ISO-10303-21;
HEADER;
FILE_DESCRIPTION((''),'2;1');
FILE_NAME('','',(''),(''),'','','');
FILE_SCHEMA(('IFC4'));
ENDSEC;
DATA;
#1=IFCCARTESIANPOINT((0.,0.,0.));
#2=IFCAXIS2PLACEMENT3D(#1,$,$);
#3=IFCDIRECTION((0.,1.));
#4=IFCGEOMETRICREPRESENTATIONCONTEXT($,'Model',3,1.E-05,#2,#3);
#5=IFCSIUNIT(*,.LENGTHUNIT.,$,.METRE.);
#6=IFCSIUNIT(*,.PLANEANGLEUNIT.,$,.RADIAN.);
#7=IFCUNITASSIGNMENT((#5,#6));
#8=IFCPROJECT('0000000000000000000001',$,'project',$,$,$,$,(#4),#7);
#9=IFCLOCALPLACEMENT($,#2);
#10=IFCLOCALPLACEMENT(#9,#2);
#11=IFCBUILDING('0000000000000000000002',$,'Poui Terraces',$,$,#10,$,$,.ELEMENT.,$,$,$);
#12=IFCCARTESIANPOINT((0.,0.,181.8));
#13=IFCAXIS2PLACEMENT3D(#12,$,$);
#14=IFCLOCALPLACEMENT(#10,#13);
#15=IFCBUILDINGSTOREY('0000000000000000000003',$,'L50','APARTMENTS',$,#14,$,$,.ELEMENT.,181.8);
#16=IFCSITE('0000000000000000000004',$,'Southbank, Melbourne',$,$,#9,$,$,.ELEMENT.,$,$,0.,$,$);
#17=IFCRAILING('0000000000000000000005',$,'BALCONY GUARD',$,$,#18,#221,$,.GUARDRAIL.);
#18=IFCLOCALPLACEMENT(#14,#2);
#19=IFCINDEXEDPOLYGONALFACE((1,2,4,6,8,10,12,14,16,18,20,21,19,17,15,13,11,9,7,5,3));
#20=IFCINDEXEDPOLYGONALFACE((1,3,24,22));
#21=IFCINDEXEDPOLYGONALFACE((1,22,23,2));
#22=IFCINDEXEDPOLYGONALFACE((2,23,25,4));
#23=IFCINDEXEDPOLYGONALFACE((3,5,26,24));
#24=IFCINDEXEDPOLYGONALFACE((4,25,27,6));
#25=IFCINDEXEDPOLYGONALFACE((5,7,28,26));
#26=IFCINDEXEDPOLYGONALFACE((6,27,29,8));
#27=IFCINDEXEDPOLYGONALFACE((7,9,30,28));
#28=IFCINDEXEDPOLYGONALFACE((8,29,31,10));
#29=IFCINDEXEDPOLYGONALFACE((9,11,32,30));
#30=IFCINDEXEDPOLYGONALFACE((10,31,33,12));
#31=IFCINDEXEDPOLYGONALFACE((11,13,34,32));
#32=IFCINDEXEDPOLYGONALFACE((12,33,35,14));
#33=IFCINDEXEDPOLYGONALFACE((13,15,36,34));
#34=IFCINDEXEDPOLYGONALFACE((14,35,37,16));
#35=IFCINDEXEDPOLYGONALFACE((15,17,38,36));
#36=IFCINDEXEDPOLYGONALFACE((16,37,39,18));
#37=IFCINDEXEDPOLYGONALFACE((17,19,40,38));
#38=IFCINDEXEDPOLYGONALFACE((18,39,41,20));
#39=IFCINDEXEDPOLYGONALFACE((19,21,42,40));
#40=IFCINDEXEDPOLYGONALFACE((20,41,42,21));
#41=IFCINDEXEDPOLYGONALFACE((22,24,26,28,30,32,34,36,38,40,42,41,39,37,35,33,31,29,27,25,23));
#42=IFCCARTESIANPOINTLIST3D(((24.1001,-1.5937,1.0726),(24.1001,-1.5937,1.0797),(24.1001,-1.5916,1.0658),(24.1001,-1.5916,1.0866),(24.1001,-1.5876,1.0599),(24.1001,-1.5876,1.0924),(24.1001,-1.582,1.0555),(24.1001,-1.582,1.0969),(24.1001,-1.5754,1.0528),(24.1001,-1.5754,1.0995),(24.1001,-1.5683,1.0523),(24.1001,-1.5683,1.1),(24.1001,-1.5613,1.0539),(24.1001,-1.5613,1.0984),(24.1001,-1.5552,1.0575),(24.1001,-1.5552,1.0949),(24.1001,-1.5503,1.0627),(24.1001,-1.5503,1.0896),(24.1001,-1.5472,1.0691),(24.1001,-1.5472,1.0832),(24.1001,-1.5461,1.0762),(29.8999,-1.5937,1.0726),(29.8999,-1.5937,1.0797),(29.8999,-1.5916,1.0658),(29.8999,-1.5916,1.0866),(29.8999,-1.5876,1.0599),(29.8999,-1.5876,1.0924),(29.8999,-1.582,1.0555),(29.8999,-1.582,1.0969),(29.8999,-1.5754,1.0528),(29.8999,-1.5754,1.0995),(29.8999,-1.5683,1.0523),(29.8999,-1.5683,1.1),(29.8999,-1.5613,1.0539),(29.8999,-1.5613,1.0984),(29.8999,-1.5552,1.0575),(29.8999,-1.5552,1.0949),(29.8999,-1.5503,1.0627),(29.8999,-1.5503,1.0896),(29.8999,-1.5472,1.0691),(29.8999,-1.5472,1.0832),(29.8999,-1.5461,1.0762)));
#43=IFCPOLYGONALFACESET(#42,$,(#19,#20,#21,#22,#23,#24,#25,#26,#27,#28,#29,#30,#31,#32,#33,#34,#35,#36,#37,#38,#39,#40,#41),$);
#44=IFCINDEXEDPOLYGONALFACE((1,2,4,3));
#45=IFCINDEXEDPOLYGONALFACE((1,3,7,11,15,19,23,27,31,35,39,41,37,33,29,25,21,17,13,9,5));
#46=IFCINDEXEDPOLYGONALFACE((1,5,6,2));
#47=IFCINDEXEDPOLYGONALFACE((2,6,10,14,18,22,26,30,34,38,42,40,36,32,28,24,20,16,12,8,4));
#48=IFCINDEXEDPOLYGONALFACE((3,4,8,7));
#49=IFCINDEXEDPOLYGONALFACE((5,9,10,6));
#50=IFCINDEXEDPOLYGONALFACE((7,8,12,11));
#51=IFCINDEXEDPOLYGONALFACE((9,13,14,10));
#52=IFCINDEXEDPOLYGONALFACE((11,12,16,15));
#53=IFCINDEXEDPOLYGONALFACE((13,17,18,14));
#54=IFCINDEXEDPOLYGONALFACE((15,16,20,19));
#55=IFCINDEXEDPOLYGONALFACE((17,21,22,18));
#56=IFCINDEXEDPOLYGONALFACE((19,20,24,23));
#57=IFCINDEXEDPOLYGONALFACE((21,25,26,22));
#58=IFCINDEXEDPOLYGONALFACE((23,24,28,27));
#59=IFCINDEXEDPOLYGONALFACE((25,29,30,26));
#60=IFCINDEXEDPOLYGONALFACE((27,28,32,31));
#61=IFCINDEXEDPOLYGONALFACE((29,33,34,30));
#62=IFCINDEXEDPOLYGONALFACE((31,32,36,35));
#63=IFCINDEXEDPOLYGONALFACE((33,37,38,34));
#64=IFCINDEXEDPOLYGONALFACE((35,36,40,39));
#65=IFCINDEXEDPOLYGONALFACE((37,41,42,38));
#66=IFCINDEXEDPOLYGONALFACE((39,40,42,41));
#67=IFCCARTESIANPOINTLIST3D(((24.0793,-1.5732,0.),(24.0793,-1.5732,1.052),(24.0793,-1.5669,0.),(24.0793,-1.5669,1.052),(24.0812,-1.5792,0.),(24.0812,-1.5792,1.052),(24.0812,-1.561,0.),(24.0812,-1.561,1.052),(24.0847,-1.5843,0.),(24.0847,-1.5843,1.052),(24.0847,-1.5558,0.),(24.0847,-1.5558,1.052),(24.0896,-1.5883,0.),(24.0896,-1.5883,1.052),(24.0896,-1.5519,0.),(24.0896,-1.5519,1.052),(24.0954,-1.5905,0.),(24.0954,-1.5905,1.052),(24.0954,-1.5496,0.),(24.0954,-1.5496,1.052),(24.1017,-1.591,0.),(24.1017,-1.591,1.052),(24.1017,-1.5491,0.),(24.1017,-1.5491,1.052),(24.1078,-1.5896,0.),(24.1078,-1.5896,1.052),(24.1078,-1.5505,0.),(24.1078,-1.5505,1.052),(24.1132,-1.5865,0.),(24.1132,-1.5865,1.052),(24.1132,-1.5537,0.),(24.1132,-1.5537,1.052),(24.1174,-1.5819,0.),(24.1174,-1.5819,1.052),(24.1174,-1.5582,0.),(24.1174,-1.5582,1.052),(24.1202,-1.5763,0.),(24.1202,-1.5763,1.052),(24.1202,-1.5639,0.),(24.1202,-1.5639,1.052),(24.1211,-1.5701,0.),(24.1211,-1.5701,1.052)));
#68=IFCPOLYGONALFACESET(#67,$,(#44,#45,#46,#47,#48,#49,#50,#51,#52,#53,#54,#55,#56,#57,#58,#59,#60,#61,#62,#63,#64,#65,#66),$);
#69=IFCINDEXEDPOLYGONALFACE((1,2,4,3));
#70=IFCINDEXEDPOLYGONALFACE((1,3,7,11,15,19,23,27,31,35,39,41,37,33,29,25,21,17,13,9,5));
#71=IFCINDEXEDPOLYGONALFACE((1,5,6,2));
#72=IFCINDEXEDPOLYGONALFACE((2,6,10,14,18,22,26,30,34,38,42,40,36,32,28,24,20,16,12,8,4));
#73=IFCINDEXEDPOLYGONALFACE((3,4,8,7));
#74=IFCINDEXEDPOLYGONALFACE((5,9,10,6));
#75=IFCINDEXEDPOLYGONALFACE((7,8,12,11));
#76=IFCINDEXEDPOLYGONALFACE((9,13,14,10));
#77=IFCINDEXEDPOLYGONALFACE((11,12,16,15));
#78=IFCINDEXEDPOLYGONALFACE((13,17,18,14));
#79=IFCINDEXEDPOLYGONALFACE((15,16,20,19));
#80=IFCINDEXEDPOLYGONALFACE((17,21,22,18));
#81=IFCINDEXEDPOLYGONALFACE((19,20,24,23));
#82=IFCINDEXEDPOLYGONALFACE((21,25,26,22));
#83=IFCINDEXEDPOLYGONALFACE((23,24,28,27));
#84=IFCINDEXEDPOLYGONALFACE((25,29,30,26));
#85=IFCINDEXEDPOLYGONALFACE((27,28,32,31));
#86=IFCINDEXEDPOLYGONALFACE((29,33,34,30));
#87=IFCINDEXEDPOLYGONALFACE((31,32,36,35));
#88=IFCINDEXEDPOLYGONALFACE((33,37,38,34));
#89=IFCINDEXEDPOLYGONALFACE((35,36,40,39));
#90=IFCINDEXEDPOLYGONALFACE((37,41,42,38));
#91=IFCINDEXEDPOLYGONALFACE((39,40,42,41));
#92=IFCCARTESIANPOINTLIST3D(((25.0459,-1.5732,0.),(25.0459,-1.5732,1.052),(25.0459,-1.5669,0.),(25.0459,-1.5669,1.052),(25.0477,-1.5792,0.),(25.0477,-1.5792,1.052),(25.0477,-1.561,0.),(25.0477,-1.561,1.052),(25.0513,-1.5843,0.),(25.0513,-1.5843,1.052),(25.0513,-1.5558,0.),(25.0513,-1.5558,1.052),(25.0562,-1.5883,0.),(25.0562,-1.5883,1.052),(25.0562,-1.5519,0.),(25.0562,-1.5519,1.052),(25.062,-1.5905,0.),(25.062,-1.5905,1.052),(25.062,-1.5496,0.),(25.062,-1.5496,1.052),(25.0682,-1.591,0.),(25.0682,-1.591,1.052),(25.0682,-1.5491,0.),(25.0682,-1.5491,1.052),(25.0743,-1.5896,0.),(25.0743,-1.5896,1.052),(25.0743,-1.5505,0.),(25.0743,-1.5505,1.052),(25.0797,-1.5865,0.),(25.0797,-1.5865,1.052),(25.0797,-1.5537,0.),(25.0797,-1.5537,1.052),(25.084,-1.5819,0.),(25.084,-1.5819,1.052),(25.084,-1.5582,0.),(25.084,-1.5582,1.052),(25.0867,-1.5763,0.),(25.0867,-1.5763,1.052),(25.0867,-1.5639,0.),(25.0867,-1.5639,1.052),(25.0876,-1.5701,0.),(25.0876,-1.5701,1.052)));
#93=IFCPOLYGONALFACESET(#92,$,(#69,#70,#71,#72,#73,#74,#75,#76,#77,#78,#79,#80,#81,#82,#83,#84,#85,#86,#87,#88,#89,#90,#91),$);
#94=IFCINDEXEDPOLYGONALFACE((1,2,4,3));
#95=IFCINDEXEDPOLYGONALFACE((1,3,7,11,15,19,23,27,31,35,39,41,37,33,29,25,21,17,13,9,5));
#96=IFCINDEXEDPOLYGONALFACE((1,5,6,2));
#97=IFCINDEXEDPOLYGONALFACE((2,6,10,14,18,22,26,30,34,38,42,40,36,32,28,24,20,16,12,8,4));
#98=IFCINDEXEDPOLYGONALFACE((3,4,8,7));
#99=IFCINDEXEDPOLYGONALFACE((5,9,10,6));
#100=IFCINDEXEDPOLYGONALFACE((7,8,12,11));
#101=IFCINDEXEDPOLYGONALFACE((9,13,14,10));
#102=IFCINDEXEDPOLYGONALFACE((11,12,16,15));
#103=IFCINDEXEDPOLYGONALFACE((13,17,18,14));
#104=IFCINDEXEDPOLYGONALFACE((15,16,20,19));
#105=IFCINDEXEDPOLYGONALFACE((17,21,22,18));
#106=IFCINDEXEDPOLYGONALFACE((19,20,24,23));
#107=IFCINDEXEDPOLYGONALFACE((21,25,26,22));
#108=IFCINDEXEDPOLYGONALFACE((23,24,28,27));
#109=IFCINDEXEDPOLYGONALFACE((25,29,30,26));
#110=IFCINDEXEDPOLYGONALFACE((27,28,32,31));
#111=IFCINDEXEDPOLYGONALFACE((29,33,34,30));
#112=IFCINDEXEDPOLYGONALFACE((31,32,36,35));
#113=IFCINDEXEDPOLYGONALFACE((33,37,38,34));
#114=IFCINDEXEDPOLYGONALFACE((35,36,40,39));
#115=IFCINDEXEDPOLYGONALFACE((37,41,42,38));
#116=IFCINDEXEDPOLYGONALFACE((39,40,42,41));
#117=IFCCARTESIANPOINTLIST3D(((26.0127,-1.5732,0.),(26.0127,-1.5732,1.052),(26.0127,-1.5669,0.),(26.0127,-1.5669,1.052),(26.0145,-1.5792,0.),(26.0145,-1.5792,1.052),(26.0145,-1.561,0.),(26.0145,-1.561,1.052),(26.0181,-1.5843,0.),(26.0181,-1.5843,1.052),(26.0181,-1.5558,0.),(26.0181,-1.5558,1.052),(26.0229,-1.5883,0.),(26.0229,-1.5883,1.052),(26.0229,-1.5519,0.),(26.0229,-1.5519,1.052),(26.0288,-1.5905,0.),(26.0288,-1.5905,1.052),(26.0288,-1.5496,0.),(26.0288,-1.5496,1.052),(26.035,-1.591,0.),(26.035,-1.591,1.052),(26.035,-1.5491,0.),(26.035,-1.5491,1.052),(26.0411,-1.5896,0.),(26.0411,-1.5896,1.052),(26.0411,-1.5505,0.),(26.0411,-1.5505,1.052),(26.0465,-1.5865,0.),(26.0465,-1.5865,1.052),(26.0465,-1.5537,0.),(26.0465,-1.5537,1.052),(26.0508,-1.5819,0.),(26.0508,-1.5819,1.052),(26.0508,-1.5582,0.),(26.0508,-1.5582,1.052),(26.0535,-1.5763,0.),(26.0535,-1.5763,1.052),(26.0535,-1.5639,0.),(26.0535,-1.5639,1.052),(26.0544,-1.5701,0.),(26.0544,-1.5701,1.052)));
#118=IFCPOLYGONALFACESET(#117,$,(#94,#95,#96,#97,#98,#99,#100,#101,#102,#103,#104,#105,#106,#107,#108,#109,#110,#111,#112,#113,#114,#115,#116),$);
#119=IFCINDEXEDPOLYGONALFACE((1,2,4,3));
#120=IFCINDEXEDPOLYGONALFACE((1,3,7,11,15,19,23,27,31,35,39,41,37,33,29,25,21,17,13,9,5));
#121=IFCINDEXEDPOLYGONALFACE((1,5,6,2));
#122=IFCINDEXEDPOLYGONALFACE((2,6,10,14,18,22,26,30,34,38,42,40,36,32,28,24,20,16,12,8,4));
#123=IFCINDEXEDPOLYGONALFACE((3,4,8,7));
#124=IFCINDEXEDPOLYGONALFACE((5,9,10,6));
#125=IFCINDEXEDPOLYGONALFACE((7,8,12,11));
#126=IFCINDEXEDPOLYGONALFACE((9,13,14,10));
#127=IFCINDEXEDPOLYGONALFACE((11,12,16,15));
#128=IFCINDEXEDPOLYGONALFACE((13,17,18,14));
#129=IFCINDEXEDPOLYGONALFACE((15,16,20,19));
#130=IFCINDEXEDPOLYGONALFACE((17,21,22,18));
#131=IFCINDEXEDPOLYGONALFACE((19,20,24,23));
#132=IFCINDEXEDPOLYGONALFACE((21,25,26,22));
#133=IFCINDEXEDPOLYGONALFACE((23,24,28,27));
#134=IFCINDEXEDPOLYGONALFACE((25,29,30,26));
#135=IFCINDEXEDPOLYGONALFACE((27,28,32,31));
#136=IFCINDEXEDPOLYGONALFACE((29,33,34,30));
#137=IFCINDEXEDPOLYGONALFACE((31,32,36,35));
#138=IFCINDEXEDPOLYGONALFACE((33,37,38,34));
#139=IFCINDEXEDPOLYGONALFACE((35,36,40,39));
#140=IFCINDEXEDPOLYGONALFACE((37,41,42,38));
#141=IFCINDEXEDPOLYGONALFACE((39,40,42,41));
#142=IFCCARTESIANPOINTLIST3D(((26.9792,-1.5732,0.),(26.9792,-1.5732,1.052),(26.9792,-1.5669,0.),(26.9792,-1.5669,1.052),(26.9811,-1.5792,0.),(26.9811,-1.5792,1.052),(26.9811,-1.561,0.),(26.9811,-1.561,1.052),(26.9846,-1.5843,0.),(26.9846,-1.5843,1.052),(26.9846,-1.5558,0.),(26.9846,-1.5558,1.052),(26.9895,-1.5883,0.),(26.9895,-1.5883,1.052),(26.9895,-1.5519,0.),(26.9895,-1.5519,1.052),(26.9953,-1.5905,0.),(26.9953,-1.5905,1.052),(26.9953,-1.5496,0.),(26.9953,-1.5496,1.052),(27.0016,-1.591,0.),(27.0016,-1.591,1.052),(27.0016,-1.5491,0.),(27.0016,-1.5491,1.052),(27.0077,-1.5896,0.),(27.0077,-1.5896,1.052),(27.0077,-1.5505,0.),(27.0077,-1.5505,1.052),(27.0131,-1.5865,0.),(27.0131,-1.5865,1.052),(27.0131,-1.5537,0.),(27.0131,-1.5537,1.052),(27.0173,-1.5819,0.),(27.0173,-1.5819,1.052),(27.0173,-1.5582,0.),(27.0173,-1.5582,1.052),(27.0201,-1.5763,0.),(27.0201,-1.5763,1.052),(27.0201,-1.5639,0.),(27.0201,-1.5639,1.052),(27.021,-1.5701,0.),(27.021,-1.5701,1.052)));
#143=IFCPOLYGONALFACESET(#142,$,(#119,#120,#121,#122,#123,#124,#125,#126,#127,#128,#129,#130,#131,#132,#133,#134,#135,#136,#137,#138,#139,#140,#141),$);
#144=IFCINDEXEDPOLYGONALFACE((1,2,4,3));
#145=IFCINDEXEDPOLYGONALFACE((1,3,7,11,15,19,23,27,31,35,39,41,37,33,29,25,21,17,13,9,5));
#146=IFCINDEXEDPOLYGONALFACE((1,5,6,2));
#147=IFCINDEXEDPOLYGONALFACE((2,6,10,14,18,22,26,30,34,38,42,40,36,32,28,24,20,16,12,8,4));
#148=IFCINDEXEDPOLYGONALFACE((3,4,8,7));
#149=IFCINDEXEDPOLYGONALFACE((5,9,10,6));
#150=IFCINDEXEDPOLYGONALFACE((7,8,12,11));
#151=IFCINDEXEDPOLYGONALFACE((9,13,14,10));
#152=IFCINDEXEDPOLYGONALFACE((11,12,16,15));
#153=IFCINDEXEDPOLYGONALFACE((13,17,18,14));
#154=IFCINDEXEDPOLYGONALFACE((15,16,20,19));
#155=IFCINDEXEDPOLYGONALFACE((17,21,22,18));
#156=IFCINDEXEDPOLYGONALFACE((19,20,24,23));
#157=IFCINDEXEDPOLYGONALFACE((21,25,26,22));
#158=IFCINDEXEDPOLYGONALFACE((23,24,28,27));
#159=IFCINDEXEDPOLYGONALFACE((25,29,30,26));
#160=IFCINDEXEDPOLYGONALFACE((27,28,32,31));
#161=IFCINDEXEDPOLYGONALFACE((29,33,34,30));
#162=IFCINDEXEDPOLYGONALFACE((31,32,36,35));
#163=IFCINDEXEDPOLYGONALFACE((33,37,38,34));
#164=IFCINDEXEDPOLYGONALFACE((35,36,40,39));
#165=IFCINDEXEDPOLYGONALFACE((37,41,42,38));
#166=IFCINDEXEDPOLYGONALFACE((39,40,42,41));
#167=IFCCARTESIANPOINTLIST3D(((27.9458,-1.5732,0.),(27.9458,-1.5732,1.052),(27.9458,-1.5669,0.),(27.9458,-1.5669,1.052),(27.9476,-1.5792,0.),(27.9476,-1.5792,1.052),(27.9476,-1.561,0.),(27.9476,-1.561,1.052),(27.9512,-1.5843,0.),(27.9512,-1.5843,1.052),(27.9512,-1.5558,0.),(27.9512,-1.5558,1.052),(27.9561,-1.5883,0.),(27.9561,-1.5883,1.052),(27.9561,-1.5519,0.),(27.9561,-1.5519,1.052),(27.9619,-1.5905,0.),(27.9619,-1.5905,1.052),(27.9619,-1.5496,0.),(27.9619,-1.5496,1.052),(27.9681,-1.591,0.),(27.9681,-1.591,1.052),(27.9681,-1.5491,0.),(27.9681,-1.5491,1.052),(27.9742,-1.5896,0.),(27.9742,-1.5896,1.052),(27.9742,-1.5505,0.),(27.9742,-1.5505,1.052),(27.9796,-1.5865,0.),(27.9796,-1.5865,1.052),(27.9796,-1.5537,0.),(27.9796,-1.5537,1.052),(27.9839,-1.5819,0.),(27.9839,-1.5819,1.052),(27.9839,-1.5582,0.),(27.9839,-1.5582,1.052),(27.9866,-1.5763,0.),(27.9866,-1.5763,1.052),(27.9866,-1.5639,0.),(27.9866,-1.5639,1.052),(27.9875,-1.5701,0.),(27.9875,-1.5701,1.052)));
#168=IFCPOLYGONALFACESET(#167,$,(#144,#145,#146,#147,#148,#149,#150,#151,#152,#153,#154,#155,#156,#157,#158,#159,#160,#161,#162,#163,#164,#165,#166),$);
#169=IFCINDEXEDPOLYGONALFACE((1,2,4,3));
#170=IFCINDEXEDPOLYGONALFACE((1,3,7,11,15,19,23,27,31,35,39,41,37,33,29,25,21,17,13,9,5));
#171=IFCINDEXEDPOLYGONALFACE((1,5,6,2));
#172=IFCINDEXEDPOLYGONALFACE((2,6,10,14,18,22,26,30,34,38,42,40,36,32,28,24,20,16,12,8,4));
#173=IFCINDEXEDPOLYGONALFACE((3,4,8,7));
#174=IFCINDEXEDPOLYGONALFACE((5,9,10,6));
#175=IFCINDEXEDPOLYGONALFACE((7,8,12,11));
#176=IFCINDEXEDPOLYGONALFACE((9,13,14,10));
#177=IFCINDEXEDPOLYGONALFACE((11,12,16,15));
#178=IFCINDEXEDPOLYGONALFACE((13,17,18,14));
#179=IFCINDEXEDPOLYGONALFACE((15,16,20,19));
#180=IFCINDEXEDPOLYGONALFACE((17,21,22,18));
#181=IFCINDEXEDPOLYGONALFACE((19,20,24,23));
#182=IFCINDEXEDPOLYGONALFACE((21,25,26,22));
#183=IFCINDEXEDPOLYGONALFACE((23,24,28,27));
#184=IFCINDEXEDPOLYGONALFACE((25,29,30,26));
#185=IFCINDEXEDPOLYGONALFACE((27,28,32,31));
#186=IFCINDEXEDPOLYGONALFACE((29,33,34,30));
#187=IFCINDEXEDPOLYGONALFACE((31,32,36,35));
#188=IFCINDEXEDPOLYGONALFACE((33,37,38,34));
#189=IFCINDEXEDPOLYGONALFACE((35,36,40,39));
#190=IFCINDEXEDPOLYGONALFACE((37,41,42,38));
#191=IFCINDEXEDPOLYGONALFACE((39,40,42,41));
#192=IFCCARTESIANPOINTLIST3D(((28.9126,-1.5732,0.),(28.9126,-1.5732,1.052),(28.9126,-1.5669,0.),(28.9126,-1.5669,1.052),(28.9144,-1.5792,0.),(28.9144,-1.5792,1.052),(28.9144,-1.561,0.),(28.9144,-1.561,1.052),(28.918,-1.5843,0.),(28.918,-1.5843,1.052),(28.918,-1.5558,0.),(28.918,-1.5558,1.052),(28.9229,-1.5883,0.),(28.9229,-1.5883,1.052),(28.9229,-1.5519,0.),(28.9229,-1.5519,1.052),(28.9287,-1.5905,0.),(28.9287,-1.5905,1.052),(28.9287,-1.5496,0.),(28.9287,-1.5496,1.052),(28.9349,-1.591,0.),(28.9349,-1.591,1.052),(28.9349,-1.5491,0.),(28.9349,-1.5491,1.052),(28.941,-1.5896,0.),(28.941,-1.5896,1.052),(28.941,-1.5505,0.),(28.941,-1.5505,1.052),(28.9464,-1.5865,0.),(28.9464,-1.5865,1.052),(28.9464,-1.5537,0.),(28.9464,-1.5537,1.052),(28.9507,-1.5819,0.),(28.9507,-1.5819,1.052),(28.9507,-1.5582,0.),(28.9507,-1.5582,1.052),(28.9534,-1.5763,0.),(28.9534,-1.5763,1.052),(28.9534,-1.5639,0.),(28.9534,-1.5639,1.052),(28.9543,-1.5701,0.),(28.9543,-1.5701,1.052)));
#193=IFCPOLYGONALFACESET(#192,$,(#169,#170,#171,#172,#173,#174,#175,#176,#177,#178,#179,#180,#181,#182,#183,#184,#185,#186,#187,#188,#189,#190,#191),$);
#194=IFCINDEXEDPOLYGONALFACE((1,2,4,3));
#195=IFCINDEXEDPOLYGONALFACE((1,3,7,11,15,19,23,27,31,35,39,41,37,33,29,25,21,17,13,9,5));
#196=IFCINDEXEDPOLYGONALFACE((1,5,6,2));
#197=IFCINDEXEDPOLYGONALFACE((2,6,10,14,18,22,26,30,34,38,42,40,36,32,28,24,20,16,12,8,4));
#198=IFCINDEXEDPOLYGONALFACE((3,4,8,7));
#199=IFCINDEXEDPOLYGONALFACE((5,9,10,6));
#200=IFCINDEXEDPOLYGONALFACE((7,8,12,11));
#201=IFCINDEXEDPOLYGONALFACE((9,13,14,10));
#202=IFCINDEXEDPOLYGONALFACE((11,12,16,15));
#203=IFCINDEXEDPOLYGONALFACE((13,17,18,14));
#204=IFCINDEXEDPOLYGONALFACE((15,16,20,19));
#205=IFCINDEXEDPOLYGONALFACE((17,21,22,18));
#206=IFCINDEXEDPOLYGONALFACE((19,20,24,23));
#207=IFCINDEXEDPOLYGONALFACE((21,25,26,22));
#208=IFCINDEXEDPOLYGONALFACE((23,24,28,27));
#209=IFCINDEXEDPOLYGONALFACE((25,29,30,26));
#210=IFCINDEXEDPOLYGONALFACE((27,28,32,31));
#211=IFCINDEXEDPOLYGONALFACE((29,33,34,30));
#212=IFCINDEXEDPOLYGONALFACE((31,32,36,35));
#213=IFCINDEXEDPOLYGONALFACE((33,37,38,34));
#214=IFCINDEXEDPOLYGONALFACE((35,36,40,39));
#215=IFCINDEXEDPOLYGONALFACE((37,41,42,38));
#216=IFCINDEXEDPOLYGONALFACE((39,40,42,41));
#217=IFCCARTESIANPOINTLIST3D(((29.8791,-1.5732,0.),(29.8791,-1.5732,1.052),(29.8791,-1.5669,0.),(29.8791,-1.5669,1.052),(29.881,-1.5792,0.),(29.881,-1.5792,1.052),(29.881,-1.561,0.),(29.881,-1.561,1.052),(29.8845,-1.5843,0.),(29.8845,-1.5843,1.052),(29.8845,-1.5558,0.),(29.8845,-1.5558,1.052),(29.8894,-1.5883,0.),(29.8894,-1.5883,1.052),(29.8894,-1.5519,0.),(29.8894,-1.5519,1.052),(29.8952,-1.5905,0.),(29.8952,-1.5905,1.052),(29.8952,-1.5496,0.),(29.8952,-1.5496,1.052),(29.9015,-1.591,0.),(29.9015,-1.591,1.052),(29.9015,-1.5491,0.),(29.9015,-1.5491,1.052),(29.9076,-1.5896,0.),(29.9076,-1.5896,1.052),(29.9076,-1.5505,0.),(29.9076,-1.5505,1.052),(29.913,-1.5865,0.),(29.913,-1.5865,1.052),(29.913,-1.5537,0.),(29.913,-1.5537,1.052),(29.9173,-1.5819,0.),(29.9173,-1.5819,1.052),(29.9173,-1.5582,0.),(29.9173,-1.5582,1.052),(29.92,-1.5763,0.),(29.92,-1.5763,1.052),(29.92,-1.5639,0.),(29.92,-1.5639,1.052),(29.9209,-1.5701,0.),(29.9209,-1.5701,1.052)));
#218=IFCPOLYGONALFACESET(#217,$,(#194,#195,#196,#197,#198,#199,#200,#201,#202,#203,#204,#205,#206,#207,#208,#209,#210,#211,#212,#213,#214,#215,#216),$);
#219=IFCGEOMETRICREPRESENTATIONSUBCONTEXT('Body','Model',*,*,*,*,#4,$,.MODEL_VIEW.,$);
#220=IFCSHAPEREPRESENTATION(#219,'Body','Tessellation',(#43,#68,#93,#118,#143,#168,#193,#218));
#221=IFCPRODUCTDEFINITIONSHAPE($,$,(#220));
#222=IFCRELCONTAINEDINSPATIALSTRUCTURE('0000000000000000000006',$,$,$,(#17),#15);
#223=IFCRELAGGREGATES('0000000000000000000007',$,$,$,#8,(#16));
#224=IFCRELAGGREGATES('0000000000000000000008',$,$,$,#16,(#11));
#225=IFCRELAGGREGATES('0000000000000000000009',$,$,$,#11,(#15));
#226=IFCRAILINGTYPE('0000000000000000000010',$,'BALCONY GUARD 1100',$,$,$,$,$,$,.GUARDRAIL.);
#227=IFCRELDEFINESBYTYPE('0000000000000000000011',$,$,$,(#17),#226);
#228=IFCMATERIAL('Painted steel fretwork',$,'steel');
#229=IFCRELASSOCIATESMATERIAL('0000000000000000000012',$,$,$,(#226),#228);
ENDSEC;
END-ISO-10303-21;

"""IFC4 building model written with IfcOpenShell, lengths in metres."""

from ifc_helpers import new_model, si_unit, direction, frame, origin, origin_2d, place, context, subcontext, project, spatial, circle, extrude, material, type_object, element, save


model = new_model("IFC4")

# Units and contexts
model_context = context("Model", 3, precision=1e-05, world=origin(), true_north=direction((0.0, 1.0)))
body_context = subcontext(model_context, "Body", "Model", "MODEL_VIEW")
ifc_project = project(units=[si_unit("LENGTHUNIT", "METRE"), si_unit("PLANEANGLEUNIT", "RADIAN")], contexts=[model_context])

# Site, building, storey
site_placement = place(None, origin())
site = spatial("IfcSite", under=ifc_project, at=site_placement, Name="Southbank, Melbourne", CompositionType="ELEMENT", RefElevation=0.0)
building_placement = place(site_placement, origin())
building = spatial("IfcBuilding", under=site, at=building_placement, Name="Poui Terraces", CompositionType="ELEMENT")
storey_placement = place(building_placement, frame((0.0, 0.0, 181.8)))
storey = spatial("IfcBuildingStorey", under=building, at=storey_placement, Name="L50", Description="APARTMENTS", CompositionType="ELEMENT", Elevation=181.8)

# Railing
ifc_material_1 = material(Name="Painted steel fretwork", Category="steel")
railing_type = type_object("IfcRailingType", Name="BALCONY GUARD 1100", PredefinedType="GUARDRAIL", material=ifc_material_1)
railing_placement = place(storey_placement, frame((24.1001, -1.5701, 0.0)))
element("IfcRailing", 1, at=railing_placement, inside=storey, type_object=railing_type, Name="BALCONY GUARD", PredefinedType="GUARDRAIL", context=body_context, shape_type="SweptSolid", body=[
    extrude(circle(Radius=0.0239, at=origin_2d()), frame((0.0, 0.0, 1.0762), z_axis=(1.0, 0.0, 0.0), x_axis=(0.0, 1.0, 0.0)), (0.0, 0.0, 1.0), 5.7998),
    extrude(circle(Radius=0.021, at=origin_2d()), origin(), (0.0, 0.0, 1.0), 1.052),
    extrude(circle(Radius=0.021, at=origin_2d()), frame((0.9666, 0.0, 0.0)), (0.0, 0.0, 1.0), 1.052),
    extrude(circle(Radius=0.021, at=origin_2d()), frame((1.9333, 0.0, 0.0)), (0.0, 0.0, 1.0), 1.052),
    extrude(circle(Radius=0.021, at=origin_2d()), frame((2.8999, 0.0, 0.0)), (0.0, 0.0, 1.0), 1.052),
    extrude(circle(Radius=0.021, at=origin_2d()), frame((3.8665, 0.0, 0.0)), (0.0, 0.0, 1.0), 1.052),
    extrude(circle(Radius=0.021, at=origin_2d()), frame((4.8333, 0.0, 0.0)), (0.0, 0.0, 1.0), 1.052),
    extrude(circle(Radius=0.021, at=origin_2d()), frame((5.7998, 0.0, 0.0)), (0.0, 0.0, 1.0), 1.052),
])

save(model, "model.ifc")
